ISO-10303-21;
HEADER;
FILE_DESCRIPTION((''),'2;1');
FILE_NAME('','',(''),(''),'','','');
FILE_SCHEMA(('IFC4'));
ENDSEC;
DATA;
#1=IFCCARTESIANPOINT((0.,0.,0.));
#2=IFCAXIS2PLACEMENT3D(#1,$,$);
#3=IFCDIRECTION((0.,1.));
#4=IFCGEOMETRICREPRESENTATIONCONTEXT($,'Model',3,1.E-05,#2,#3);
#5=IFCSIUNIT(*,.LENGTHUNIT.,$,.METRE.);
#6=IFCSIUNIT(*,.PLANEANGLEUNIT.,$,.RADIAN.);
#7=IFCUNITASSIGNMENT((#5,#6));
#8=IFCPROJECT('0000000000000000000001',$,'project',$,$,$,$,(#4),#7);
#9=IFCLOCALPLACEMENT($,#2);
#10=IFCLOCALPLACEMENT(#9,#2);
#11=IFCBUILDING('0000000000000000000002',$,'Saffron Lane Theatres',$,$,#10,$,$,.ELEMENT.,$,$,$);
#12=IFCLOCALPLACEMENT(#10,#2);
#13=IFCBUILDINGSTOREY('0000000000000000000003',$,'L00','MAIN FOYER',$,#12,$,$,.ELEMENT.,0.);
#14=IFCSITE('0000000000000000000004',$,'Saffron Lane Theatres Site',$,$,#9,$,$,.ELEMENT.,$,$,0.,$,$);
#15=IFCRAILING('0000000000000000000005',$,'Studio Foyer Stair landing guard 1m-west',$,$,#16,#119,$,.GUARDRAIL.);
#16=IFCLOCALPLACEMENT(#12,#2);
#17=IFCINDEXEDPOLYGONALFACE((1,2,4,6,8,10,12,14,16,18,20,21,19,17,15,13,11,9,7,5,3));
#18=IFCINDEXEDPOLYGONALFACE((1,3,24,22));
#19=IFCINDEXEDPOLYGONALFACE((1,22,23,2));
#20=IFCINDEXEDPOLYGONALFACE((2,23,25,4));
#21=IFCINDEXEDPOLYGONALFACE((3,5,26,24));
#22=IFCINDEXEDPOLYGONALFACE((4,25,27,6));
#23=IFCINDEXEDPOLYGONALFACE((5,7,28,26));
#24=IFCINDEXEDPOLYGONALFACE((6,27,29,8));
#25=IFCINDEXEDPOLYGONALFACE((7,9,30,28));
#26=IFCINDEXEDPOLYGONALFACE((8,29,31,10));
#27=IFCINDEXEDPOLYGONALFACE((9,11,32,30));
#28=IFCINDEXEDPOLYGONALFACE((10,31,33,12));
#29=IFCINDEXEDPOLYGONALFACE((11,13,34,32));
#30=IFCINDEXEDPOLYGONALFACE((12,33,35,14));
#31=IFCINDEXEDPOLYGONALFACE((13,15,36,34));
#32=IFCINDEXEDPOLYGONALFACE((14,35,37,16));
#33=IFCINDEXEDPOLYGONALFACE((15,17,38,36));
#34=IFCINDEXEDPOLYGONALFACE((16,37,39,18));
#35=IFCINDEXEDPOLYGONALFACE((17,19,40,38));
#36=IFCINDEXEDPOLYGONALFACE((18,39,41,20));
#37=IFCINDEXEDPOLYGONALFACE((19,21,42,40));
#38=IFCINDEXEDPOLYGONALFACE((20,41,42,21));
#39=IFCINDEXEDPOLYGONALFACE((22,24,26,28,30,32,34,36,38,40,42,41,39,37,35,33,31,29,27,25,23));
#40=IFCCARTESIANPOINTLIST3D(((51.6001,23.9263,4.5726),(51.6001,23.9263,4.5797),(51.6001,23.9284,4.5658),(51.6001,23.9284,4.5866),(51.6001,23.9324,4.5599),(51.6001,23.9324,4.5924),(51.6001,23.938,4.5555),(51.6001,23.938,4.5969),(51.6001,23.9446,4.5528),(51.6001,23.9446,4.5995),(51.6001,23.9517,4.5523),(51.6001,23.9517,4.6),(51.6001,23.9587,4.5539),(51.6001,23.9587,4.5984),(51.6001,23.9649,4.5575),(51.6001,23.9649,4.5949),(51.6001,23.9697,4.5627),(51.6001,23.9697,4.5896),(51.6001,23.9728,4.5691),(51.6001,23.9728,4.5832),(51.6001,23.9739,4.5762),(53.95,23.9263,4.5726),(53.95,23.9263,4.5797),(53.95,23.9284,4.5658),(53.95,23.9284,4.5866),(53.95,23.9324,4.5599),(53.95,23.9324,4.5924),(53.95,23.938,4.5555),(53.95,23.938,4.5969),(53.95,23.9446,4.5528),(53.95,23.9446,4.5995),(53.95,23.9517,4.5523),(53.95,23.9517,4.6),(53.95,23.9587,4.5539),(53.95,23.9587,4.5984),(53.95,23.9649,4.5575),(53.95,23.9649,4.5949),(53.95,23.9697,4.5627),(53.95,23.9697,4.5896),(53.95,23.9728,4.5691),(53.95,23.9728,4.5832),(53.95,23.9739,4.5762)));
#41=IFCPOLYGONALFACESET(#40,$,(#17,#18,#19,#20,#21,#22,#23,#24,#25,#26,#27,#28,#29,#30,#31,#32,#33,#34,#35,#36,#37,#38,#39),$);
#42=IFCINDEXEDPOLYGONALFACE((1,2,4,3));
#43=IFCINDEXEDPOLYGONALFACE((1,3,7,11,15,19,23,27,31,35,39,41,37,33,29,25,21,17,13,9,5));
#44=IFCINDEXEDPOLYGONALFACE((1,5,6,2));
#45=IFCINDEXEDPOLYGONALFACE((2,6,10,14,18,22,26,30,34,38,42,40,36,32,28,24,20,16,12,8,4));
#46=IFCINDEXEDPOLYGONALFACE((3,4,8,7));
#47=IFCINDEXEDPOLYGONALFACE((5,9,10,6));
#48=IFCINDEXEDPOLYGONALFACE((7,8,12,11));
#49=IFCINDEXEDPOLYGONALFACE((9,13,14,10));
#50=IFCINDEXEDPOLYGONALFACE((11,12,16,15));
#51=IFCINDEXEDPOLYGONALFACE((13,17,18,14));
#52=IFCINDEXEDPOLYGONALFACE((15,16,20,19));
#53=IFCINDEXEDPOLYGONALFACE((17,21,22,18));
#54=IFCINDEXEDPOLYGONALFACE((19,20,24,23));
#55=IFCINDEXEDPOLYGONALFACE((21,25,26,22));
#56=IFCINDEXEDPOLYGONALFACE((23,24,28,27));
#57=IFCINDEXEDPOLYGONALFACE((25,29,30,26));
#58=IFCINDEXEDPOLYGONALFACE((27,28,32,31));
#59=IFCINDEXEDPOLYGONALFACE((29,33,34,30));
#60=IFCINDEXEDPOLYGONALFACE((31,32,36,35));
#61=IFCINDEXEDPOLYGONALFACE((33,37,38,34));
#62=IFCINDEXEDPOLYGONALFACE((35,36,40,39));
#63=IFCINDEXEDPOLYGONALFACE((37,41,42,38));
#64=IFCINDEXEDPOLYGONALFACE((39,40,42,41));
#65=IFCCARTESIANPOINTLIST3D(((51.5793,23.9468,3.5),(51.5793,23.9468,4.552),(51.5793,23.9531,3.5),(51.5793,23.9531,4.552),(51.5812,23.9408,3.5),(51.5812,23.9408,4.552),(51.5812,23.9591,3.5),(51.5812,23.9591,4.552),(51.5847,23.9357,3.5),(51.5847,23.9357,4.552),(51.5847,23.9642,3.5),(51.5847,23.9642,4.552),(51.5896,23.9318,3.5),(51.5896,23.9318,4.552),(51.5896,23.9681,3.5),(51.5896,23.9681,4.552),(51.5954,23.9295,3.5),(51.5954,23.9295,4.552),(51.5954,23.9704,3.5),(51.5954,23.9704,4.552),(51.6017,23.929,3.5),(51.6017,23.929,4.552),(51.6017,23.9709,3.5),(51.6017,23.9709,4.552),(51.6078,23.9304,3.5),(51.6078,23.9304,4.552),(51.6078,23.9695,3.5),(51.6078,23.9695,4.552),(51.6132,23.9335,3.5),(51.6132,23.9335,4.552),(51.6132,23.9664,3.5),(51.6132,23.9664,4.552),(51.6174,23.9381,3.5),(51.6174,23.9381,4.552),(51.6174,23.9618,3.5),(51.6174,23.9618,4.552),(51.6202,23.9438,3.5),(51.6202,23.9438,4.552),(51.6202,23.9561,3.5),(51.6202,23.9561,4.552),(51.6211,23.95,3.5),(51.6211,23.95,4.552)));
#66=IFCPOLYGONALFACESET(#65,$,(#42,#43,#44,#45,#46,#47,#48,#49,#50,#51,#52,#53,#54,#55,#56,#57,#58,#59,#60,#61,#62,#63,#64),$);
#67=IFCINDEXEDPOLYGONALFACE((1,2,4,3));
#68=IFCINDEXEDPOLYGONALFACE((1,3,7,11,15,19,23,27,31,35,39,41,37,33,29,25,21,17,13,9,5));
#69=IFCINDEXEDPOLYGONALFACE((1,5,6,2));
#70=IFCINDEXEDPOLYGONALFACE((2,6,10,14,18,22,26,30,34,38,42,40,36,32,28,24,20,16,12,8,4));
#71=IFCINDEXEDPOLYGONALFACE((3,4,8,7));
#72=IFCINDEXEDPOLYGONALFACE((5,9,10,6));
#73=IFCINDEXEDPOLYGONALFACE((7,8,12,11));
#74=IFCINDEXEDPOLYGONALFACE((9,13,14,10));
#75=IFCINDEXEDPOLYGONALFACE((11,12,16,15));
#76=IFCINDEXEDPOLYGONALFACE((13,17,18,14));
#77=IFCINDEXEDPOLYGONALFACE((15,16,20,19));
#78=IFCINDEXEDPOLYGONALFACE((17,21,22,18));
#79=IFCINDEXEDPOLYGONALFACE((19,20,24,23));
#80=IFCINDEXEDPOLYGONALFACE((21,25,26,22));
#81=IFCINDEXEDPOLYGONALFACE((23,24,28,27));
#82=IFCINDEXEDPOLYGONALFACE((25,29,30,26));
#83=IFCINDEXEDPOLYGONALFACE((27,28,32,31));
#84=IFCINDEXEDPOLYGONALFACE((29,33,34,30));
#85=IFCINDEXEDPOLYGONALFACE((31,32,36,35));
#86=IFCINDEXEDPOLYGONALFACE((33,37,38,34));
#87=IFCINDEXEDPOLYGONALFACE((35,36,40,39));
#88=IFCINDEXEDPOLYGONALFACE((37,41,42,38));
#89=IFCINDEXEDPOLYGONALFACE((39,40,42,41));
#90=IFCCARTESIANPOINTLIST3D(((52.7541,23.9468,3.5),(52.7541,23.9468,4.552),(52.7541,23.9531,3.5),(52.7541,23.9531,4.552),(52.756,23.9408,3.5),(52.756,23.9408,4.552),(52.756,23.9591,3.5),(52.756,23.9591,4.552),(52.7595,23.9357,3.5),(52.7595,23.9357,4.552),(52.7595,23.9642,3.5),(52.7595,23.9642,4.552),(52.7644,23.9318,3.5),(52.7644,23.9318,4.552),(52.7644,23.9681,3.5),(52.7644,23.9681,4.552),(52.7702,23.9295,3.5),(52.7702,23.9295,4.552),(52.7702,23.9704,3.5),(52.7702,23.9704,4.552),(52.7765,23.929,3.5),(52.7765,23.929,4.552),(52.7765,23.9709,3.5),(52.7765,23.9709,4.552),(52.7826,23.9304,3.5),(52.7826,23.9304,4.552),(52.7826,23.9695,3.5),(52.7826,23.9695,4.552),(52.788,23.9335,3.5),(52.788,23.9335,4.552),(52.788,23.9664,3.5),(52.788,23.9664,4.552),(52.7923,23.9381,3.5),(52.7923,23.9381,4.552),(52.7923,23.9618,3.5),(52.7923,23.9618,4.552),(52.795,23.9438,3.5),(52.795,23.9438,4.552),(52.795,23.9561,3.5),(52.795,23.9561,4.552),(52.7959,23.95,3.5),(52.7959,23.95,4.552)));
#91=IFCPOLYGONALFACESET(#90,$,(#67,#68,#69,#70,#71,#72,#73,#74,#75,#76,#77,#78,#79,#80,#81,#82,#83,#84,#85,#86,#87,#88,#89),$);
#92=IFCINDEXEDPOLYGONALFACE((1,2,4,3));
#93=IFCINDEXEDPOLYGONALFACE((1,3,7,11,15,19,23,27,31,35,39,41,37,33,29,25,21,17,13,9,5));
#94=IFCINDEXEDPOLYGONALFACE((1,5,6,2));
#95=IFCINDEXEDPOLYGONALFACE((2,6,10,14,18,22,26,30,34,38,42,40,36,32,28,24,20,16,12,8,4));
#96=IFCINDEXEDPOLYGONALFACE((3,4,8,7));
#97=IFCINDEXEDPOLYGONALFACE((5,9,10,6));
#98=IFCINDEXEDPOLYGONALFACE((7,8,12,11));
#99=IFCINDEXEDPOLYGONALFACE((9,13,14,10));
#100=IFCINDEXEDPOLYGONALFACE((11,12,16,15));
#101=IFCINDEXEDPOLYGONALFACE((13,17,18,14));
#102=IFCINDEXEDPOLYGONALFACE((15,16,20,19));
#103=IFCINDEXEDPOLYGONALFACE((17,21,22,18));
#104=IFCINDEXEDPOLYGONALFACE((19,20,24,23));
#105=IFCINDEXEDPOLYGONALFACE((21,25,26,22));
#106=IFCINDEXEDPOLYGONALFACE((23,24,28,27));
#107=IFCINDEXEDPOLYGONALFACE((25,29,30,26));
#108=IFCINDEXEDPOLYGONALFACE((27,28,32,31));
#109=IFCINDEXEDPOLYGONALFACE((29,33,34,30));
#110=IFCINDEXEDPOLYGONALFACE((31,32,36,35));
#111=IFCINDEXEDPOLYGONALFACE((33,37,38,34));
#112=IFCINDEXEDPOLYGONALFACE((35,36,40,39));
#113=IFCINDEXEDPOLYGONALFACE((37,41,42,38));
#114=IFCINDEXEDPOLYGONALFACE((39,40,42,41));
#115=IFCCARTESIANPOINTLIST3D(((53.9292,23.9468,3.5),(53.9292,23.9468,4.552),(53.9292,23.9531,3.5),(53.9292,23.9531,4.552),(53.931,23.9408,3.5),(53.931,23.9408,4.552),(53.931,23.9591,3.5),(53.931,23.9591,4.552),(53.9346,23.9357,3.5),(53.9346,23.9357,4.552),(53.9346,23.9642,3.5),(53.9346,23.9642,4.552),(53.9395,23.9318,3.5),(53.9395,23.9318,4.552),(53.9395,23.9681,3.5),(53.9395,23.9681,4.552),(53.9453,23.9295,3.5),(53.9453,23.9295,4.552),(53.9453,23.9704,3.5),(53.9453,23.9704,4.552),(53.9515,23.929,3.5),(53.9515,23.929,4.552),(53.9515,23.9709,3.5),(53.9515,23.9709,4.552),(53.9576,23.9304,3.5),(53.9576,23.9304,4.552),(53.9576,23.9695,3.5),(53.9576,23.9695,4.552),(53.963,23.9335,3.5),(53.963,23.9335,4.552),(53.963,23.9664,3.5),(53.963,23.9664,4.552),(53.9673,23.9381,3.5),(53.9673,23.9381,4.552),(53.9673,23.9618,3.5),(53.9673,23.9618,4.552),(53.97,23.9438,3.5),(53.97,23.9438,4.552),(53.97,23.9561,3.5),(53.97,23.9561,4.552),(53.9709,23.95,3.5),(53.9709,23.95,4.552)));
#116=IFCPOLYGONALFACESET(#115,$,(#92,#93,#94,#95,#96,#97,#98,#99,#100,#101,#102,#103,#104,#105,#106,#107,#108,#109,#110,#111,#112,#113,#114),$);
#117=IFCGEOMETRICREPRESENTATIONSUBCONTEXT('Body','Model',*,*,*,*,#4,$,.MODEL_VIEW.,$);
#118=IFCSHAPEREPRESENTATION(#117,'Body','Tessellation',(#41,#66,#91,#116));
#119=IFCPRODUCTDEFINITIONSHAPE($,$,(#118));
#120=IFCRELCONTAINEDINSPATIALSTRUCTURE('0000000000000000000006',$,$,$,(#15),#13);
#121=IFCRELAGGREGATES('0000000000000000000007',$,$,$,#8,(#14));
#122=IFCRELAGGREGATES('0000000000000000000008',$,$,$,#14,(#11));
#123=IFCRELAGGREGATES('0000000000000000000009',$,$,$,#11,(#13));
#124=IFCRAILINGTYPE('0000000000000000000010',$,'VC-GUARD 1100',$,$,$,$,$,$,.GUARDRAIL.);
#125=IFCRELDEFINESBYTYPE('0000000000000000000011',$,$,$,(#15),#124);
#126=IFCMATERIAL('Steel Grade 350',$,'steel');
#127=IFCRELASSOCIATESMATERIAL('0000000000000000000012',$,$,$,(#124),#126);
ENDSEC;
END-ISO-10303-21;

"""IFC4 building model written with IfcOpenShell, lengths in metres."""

from ifc_helpers import new_model, si_unit, direction, frame, origin, origin_2d, place, context, subcontext, project, spatial, circle, extrude, material, type_object, element, save


model = new_model("IFC4")

# Units and contexts
model_context = context("Model", 3, precision=1e-05, world=origin(), true_north=direction((0.0, 1.0)))
body_context = subcontext(model_context, "Body", "Model", "MODEL_VIEW")
ifc_project = project(units=[si_unit("LENGTHUNIT", "METRE"), si_unit("PLANEANGLEUNIT", "RADIAN")], contexts=[model_context])

# Site, building, storey
site_placement = place(None, origin())
site = spatial("IfcSite", under=ifc_project, at=site_placement, Name="Saffron Lane Theatres Site", CompositionType="ELEMENT", RefElevation=0.0)
building_placement = place(site_placement, origin())
building = spatial("IfcBuilding", under=site, at=building_placement, Name="Saffron Lane Theatres", CompositionType="ELEMENT")
storey_placement = place(building_placement, origin())
storey = spatial("IfcBuildingStorey", under=building, at=storey_placement, Name="L00", Description="MAIN FOYER", CompositionType="ELEMENT", Elevation=0.0)

# Railing
ifc_material_1 = material(Name="Steel Grade 350", Category="steel")
railing_type_1 = type_object("IfcRailingType", Name="VC-GUARD 1100", PredefinedType="GUARDRAIL", material=ifc_material_1)
railing_1_placement = place(storey_placement, frame((51.6001, 23.95, 3.5)))
element("IfcRailing", 1, at=railing_1_placement, inside=storey, type_object=railing_type_1, Name="Studio Foyer Stair landing guard 1m-west", PredefinedType="GUARDRAIL", context=body_context, shape_type="SweptSolid", body=[
    extrude(circle(Radius=0.0239, at=origin_2d()), frame((0.0, 0.0, 1.0762), z_axis=(1.0, 0.0, 0.0), x_axis=(0.0, 1.0, 0.0)), (0.0, 0.0, 1.0), 2.3499),
    extrude(circle(Radius=0.021, at=origin_2d()), origin(), (0.0, 0.0, 1.0), 1.052),
    extrude(circle(Radius=0.021, at=origin_2d()), frame((1.1748, 0.0, 0.0)), (0.0, 0.0, 1.0), 1.052),
    extrude(circle(Radius=0.021, at=origin_2d()), frame((2.3499, 0.0, 0.0)), (0.0, 0.0, 1.0), 1.052),
])

save(model, "model.ifc")
